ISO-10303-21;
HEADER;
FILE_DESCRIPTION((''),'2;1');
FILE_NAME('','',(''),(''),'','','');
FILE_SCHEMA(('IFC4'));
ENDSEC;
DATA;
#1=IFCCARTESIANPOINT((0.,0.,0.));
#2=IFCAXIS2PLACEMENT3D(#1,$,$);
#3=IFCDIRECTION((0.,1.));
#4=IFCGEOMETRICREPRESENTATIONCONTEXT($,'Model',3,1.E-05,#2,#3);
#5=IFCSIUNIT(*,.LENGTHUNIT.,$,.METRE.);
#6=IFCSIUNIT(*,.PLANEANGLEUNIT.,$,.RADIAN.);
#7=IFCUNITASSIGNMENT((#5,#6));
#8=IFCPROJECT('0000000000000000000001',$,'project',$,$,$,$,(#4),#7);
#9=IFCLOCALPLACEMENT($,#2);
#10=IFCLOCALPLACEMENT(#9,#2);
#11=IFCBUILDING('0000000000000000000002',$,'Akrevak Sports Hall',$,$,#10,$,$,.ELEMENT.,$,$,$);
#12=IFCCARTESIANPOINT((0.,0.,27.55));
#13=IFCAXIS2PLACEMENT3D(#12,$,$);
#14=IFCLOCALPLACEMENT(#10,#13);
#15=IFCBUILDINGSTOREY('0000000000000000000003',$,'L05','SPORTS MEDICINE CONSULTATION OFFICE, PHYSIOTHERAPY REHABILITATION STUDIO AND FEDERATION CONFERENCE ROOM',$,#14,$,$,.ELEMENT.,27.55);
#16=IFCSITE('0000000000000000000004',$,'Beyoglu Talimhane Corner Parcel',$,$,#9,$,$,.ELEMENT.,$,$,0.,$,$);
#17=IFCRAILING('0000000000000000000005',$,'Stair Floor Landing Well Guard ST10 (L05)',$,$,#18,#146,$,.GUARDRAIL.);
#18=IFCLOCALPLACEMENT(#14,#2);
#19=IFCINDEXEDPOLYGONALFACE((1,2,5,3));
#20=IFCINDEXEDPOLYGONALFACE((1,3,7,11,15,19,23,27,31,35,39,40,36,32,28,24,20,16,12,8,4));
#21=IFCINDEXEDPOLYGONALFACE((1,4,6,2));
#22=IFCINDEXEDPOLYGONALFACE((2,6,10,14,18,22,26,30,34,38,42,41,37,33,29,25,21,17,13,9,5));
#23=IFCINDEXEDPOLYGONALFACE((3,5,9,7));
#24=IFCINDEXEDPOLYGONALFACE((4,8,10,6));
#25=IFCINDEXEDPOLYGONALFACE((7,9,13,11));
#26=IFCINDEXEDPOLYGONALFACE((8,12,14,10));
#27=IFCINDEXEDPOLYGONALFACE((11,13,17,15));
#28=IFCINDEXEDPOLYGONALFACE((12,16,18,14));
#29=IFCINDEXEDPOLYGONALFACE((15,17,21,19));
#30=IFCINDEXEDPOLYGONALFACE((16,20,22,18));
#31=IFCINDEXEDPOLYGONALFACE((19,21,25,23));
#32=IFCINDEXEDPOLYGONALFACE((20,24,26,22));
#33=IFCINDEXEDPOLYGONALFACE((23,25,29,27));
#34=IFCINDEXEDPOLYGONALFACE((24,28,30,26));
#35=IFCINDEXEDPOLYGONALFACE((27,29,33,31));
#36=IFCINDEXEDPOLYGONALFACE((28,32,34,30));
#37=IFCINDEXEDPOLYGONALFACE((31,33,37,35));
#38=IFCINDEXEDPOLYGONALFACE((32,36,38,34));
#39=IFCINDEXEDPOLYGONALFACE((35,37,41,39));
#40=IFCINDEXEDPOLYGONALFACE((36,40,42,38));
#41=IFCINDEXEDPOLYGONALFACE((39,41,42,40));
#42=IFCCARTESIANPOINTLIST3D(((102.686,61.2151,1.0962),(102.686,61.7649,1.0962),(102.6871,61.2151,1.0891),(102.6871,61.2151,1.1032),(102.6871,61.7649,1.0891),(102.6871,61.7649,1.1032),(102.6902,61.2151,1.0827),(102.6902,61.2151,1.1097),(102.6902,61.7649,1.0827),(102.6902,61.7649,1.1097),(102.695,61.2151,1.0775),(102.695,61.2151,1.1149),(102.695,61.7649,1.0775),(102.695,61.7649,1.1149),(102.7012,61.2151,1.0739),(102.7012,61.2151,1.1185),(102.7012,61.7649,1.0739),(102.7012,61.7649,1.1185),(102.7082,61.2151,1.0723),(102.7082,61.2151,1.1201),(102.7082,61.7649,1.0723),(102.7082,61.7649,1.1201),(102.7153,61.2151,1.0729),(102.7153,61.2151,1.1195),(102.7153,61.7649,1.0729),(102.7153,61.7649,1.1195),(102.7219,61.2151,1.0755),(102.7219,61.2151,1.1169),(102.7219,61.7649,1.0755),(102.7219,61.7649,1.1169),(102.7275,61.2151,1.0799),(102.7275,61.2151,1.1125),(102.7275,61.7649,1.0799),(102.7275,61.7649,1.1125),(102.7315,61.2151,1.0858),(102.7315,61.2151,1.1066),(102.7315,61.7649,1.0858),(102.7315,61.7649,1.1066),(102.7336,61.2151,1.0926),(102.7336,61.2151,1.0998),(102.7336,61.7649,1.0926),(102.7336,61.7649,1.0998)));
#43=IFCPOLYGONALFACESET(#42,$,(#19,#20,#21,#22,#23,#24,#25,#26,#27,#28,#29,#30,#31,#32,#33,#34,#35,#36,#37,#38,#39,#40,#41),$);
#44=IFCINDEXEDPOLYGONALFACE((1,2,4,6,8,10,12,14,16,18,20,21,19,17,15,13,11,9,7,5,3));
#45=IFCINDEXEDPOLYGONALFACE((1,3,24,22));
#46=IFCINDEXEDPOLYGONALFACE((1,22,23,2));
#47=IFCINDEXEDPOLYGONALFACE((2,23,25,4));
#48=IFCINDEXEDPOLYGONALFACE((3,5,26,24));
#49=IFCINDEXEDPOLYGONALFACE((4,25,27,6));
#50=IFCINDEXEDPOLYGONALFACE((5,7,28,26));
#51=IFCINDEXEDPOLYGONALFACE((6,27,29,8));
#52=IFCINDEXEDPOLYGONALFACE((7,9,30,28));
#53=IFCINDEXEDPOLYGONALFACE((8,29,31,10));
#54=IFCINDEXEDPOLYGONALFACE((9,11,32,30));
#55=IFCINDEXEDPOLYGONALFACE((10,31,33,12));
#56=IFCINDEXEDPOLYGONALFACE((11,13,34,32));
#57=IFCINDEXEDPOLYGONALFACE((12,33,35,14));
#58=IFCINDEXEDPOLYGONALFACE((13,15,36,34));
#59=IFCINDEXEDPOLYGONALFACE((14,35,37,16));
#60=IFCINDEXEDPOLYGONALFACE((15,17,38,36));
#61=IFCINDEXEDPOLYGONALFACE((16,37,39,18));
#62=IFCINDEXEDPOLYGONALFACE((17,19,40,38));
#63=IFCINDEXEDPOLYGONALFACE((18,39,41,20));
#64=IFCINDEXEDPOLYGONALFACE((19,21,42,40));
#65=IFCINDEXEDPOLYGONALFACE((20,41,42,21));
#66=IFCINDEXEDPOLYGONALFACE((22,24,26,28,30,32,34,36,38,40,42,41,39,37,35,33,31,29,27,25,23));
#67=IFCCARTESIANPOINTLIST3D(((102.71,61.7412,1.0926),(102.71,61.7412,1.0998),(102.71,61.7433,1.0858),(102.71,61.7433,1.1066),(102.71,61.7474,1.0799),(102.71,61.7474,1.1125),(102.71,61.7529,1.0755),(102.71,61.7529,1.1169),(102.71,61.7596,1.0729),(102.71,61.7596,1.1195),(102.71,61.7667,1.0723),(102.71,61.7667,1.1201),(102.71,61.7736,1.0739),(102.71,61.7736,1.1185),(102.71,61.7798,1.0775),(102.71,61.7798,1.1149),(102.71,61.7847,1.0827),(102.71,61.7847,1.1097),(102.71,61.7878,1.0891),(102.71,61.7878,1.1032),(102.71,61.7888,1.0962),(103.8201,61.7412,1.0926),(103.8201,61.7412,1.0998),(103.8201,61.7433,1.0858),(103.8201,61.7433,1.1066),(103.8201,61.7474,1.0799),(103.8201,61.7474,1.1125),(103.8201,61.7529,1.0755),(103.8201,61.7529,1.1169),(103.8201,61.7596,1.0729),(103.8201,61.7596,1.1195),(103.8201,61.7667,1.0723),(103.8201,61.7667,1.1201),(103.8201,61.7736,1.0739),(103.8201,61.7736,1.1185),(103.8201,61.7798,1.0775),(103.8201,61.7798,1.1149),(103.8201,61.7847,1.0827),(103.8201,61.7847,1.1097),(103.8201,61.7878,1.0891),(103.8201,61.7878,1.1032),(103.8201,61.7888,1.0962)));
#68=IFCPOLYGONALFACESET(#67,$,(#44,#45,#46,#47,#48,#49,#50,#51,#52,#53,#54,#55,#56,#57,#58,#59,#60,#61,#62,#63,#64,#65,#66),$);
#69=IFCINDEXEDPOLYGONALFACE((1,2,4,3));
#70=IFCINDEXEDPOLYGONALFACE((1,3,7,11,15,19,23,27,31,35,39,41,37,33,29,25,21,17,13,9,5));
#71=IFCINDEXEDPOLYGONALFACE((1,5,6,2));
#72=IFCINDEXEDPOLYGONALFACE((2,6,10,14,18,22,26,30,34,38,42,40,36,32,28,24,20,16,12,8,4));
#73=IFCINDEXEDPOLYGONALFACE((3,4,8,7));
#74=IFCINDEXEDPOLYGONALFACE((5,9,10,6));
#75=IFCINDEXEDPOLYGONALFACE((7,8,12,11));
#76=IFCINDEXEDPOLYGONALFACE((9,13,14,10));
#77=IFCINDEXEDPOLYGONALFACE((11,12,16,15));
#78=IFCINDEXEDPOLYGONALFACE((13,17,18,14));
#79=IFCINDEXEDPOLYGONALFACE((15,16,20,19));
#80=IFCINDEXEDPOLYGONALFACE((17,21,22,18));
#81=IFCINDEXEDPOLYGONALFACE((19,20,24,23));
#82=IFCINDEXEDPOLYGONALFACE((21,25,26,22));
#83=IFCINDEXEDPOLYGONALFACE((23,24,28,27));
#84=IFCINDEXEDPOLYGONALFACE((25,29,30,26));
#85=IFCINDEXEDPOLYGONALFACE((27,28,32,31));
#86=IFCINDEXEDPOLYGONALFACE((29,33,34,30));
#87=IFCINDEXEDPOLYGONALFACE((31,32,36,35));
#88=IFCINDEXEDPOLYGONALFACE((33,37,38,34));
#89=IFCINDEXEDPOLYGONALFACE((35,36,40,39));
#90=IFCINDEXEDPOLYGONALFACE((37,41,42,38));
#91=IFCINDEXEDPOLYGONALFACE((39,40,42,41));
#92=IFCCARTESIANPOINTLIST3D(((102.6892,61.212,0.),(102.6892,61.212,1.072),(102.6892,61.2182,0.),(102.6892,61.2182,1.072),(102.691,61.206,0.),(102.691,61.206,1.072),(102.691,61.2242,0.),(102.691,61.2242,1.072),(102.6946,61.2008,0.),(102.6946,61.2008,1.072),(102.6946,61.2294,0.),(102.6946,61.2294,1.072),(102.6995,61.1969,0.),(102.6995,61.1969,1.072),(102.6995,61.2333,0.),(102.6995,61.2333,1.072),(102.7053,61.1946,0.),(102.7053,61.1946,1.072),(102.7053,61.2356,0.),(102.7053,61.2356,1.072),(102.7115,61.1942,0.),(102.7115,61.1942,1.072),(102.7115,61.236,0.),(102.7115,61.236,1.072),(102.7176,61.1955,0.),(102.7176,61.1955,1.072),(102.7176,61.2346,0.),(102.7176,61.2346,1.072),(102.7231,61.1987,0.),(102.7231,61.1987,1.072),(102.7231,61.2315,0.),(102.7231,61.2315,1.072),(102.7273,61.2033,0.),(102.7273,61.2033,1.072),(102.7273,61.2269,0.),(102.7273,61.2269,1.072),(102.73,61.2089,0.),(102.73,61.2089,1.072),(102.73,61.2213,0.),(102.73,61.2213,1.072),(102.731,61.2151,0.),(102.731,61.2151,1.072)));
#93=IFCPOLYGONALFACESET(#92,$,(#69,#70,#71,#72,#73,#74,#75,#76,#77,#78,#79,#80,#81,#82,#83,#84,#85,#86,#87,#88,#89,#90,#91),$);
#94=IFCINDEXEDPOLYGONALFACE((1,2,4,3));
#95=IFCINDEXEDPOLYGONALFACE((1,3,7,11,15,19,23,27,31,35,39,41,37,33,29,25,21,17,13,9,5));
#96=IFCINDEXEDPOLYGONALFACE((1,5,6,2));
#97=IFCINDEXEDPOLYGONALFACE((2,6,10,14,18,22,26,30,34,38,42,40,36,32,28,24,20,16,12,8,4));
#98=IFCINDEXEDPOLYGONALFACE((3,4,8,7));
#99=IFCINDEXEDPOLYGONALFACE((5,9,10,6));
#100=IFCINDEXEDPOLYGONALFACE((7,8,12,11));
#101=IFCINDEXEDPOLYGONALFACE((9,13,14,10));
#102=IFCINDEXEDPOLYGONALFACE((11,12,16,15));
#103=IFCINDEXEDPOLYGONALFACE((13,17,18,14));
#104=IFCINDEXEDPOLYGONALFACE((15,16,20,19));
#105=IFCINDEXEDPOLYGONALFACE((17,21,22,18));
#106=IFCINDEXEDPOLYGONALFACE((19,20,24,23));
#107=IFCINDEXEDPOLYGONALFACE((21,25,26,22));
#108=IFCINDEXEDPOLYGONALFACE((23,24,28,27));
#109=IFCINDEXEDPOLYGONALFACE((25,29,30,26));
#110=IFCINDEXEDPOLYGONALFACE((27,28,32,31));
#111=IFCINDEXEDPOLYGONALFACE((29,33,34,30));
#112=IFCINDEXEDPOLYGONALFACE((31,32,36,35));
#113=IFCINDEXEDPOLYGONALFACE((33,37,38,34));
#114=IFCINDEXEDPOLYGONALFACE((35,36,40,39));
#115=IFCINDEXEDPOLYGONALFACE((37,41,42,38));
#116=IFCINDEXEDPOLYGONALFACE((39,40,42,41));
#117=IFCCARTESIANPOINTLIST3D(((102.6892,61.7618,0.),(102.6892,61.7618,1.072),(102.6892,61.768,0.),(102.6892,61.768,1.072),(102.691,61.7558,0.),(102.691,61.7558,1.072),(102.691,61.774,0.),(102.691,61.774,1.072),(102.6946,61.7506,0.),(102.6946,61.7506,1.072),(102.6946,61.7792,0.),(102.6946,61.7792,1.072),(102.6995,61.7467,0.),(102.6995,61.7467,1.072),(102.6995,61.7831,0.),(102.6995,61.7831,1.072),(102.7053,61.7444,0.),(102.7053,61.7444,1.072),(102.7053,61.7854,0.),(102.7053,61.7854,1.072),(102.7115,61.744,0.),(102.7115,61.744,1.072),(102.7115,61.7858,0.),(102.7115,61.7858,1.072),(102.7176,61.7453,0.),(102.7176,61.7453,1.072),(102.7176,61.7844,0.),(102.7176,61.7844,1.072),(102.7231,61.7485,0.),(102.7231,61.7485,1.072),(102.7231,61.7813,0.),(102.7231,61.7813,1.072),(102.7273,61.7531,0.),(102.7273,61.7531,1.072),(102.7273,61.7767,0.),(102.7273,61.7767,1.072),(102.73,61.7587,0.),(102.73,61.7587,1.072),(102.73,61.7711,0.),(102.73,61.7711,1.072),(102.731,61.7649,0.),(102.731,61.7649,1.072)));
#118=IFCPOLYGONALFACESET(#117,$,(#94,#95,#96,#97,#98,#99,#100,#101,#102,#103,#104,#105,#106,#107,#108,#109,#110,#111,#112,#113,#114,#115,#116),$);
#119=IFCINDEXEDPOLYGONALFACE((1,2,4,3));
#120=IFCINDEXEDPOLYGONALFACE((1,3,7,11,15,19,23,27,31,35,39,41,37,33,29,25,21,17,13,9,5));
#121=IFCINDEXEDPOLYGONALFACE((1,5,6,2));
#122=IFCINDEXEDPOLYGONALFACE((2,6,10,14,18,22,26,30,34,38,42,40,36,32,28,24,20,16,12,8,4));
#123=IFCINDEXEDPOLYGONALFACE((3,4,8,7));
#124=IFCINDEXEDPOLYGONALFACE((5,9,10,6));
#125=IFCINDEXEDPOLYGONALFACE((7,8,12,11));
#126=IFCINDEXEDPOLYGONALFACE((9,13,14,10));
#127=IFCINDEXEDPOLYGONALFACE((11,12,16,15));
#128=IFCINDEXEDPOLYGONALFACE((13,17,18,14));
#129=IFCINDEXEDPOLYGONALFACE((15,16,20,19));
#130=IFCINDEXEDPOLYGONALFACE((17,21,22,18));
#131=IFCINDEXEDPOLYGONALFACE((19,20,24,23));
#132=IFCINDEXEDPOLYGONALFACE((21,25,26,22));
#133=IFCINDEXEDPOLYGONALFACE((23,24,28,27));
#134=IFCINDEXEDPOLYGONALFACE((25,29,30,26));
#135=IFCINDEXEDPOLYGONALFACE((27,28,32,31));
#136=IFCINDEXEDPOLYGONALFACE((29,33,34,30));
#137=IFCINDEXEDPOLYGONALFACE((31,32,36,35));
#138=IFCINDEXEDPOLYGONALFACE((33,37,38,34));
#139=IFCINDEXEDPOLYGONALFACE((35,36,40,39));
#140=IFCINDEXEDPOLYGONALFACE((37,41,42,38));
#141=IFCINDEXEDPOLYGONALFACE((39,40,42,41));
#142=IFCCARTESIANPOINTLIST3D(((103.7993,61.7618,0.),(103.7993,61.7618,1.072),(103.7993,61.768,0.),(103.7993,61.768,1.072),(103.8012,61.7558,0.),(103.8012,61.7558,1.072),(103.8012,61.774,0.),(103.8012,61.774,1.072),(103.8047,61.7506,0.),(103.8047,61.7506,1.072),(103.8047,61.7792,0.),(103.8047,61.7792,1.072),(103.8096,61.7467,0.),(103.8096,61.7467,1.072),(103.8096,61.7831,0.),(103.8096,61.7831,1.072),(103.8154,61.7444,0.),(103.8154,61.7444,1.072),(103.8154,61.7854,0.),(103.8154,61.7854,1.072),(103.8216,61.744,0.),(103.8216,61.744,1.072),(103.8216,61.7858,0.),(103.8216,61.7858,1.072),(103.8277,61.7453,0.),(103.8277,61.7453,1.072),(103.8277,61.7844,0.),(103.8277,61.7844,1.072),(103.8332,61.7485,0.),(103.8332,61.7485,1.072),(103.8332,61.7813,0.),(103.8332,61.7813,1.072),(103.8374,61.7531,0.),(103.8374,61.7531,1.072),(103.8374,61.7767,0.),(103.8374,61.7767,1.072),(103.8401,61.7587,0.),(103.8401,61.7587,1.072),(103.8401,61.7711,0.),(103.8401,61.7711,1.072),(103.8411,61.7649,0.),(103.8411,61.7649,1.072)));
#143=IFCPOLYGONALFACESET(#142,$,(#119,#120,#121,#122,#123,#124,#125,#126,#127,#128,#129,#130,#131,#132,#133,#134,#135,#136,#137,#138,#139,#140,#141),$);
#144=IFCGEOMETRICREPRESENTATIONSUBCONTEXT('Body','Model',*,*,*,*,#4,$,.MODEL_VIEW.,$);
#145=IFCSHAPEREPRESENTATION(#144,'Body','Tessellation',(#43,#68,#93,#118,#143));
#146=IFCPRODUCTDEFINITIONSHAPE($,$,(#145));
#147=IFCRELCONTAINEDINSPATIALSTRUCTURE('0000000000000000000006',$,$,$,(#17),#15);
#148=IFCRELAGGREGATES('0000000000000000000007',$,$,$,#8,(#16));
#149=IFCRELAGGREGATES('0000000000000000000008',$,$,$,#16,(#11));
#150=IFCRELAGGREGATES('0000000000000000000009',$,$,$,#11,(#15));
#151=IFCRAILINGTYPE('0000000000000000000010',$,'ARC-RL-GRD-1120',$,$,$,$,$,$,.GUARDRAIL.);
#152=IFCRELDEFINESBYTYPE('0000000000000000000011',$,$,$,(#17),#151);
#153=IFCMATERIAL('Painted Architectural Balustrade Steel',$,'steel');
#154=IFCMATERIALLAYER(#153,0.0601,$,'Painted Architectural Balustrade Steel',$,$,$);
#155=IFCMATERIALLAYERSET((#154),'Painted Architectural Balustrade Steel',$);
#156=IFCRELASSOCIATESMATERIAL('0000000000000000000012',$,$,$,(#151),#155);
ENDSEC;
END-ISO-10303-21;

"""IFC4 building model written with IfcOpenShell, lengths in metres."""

from ifc_helpers import new_model, si_unit, direction, frame, origin, origin_2d, place, context, subcontext, project, spatial, circle, extrude, material, layer, layer_set, type_object, element, save


model = new_model("IFC4")

# Units and contexts
model_context = context("Model", 3, precision=1e-05, world=origin(), true_north=direction((0.0, 1.0)))
body_context = subcontext(model_context, "Body", "Model", "MODEL_VIEW")
ifc_project = project(units=[si_unit("LENGTHUNIT", "METRE"), si_unit("PLANEANGLEUNIT", "RADIAN")], contexts=[model_context])

# Site, building, storey
site_placement = place(None, origin())
site = spatial("IfcSite", under=ifc_project, at=site_placement, Name="Beyoglu Talimhane Corner Parcel", CompositionType="ELEMENT", RefElevation=0.0)
building_placement = place(site_placement, origin())
building = spatial("IfcBuilding", under=site, at=building_placement, Name="Akrevak Sports Hall", CompositionType="ELEMENT")
storey_placement = place(building_placement, frame((0.0, 0.0, 27.55)))
storey = spatial("IfcBuildingStorey", under=building, at=storey_placement, Name="L05", Description="SPORTS MEDICINE CONSULTATION OFFICE, PHYSIOTHERAPY REHABILITATION STUDIO AND FEDERATION CONFERENCE ROOM", CompositionType="ELEMENT", Elevation=27.55)

# Railing
ifc_material_1 = material(Name="Painted Architectural Balustrade Steel", Category="steel")
ifc_layer_1 = layer(ifc_material_1, 0.0601, Name="Painted Architectural Balustrade Steel")
ifc_layer_set_1 = layer_set([ifc_layer_1], Name="Painted Architectural Balustrade Steel")
railing_type_1 = type_object("IfcRailingType", Name="ARC-RL-GRD-1120", PredefinedType="GUARDRAIL", material=ifc_layer_set_1)
for number, where, name in (
    (1, (102.71, 61.2151, 0.0), "Stair Floor Landing Well Guard ST10 (L05)"),
):
    element("IfcRailing", number, at=place(storey_placement, frame(where)), inside=storey, type_object=railing_type_1, Name=name, PredefinedType="GUARDRAIL", context=body_context, shape_type="SweptSolid", body=[
        extrude(circle(Radius=0.0239, at=origin_2d()), frame((0.0, 0.0, 1.0962), z_axis=(0.0, 1.0, 0.0), x_axis=(-1.0, 0.0, 0.0)), (0.0, 0.0, 1.0), 0.5498),
        extrude(circle(Radius=0.0239, at=origin_2d()), frame((0.0, 0.5498, 1.0962), z_axis=(1.0, 0.0, 0.0), x_axis=(0.0, 1.0, 0.0)), (0.0, 0.0, 1.0), 1.1101),
        extrude(circle(Radius=0.021, at=origin_2d()), origin(), (0.0, 0.0, 1.0), 1.072),
        extrude(circle(Radius=0.021, at=origin_2d()), frame((0.0, 0.5498, 0.0)), (0.0, 0.0, 1.0), 1.072),
        extrude(circle(Radius=0.021, at=origin_2d()), frame((1.1101, 0.5498, 0.0)), (0.0, 0.0, 1.0), 1.072),
    ])

save(model, "model.ifc")
